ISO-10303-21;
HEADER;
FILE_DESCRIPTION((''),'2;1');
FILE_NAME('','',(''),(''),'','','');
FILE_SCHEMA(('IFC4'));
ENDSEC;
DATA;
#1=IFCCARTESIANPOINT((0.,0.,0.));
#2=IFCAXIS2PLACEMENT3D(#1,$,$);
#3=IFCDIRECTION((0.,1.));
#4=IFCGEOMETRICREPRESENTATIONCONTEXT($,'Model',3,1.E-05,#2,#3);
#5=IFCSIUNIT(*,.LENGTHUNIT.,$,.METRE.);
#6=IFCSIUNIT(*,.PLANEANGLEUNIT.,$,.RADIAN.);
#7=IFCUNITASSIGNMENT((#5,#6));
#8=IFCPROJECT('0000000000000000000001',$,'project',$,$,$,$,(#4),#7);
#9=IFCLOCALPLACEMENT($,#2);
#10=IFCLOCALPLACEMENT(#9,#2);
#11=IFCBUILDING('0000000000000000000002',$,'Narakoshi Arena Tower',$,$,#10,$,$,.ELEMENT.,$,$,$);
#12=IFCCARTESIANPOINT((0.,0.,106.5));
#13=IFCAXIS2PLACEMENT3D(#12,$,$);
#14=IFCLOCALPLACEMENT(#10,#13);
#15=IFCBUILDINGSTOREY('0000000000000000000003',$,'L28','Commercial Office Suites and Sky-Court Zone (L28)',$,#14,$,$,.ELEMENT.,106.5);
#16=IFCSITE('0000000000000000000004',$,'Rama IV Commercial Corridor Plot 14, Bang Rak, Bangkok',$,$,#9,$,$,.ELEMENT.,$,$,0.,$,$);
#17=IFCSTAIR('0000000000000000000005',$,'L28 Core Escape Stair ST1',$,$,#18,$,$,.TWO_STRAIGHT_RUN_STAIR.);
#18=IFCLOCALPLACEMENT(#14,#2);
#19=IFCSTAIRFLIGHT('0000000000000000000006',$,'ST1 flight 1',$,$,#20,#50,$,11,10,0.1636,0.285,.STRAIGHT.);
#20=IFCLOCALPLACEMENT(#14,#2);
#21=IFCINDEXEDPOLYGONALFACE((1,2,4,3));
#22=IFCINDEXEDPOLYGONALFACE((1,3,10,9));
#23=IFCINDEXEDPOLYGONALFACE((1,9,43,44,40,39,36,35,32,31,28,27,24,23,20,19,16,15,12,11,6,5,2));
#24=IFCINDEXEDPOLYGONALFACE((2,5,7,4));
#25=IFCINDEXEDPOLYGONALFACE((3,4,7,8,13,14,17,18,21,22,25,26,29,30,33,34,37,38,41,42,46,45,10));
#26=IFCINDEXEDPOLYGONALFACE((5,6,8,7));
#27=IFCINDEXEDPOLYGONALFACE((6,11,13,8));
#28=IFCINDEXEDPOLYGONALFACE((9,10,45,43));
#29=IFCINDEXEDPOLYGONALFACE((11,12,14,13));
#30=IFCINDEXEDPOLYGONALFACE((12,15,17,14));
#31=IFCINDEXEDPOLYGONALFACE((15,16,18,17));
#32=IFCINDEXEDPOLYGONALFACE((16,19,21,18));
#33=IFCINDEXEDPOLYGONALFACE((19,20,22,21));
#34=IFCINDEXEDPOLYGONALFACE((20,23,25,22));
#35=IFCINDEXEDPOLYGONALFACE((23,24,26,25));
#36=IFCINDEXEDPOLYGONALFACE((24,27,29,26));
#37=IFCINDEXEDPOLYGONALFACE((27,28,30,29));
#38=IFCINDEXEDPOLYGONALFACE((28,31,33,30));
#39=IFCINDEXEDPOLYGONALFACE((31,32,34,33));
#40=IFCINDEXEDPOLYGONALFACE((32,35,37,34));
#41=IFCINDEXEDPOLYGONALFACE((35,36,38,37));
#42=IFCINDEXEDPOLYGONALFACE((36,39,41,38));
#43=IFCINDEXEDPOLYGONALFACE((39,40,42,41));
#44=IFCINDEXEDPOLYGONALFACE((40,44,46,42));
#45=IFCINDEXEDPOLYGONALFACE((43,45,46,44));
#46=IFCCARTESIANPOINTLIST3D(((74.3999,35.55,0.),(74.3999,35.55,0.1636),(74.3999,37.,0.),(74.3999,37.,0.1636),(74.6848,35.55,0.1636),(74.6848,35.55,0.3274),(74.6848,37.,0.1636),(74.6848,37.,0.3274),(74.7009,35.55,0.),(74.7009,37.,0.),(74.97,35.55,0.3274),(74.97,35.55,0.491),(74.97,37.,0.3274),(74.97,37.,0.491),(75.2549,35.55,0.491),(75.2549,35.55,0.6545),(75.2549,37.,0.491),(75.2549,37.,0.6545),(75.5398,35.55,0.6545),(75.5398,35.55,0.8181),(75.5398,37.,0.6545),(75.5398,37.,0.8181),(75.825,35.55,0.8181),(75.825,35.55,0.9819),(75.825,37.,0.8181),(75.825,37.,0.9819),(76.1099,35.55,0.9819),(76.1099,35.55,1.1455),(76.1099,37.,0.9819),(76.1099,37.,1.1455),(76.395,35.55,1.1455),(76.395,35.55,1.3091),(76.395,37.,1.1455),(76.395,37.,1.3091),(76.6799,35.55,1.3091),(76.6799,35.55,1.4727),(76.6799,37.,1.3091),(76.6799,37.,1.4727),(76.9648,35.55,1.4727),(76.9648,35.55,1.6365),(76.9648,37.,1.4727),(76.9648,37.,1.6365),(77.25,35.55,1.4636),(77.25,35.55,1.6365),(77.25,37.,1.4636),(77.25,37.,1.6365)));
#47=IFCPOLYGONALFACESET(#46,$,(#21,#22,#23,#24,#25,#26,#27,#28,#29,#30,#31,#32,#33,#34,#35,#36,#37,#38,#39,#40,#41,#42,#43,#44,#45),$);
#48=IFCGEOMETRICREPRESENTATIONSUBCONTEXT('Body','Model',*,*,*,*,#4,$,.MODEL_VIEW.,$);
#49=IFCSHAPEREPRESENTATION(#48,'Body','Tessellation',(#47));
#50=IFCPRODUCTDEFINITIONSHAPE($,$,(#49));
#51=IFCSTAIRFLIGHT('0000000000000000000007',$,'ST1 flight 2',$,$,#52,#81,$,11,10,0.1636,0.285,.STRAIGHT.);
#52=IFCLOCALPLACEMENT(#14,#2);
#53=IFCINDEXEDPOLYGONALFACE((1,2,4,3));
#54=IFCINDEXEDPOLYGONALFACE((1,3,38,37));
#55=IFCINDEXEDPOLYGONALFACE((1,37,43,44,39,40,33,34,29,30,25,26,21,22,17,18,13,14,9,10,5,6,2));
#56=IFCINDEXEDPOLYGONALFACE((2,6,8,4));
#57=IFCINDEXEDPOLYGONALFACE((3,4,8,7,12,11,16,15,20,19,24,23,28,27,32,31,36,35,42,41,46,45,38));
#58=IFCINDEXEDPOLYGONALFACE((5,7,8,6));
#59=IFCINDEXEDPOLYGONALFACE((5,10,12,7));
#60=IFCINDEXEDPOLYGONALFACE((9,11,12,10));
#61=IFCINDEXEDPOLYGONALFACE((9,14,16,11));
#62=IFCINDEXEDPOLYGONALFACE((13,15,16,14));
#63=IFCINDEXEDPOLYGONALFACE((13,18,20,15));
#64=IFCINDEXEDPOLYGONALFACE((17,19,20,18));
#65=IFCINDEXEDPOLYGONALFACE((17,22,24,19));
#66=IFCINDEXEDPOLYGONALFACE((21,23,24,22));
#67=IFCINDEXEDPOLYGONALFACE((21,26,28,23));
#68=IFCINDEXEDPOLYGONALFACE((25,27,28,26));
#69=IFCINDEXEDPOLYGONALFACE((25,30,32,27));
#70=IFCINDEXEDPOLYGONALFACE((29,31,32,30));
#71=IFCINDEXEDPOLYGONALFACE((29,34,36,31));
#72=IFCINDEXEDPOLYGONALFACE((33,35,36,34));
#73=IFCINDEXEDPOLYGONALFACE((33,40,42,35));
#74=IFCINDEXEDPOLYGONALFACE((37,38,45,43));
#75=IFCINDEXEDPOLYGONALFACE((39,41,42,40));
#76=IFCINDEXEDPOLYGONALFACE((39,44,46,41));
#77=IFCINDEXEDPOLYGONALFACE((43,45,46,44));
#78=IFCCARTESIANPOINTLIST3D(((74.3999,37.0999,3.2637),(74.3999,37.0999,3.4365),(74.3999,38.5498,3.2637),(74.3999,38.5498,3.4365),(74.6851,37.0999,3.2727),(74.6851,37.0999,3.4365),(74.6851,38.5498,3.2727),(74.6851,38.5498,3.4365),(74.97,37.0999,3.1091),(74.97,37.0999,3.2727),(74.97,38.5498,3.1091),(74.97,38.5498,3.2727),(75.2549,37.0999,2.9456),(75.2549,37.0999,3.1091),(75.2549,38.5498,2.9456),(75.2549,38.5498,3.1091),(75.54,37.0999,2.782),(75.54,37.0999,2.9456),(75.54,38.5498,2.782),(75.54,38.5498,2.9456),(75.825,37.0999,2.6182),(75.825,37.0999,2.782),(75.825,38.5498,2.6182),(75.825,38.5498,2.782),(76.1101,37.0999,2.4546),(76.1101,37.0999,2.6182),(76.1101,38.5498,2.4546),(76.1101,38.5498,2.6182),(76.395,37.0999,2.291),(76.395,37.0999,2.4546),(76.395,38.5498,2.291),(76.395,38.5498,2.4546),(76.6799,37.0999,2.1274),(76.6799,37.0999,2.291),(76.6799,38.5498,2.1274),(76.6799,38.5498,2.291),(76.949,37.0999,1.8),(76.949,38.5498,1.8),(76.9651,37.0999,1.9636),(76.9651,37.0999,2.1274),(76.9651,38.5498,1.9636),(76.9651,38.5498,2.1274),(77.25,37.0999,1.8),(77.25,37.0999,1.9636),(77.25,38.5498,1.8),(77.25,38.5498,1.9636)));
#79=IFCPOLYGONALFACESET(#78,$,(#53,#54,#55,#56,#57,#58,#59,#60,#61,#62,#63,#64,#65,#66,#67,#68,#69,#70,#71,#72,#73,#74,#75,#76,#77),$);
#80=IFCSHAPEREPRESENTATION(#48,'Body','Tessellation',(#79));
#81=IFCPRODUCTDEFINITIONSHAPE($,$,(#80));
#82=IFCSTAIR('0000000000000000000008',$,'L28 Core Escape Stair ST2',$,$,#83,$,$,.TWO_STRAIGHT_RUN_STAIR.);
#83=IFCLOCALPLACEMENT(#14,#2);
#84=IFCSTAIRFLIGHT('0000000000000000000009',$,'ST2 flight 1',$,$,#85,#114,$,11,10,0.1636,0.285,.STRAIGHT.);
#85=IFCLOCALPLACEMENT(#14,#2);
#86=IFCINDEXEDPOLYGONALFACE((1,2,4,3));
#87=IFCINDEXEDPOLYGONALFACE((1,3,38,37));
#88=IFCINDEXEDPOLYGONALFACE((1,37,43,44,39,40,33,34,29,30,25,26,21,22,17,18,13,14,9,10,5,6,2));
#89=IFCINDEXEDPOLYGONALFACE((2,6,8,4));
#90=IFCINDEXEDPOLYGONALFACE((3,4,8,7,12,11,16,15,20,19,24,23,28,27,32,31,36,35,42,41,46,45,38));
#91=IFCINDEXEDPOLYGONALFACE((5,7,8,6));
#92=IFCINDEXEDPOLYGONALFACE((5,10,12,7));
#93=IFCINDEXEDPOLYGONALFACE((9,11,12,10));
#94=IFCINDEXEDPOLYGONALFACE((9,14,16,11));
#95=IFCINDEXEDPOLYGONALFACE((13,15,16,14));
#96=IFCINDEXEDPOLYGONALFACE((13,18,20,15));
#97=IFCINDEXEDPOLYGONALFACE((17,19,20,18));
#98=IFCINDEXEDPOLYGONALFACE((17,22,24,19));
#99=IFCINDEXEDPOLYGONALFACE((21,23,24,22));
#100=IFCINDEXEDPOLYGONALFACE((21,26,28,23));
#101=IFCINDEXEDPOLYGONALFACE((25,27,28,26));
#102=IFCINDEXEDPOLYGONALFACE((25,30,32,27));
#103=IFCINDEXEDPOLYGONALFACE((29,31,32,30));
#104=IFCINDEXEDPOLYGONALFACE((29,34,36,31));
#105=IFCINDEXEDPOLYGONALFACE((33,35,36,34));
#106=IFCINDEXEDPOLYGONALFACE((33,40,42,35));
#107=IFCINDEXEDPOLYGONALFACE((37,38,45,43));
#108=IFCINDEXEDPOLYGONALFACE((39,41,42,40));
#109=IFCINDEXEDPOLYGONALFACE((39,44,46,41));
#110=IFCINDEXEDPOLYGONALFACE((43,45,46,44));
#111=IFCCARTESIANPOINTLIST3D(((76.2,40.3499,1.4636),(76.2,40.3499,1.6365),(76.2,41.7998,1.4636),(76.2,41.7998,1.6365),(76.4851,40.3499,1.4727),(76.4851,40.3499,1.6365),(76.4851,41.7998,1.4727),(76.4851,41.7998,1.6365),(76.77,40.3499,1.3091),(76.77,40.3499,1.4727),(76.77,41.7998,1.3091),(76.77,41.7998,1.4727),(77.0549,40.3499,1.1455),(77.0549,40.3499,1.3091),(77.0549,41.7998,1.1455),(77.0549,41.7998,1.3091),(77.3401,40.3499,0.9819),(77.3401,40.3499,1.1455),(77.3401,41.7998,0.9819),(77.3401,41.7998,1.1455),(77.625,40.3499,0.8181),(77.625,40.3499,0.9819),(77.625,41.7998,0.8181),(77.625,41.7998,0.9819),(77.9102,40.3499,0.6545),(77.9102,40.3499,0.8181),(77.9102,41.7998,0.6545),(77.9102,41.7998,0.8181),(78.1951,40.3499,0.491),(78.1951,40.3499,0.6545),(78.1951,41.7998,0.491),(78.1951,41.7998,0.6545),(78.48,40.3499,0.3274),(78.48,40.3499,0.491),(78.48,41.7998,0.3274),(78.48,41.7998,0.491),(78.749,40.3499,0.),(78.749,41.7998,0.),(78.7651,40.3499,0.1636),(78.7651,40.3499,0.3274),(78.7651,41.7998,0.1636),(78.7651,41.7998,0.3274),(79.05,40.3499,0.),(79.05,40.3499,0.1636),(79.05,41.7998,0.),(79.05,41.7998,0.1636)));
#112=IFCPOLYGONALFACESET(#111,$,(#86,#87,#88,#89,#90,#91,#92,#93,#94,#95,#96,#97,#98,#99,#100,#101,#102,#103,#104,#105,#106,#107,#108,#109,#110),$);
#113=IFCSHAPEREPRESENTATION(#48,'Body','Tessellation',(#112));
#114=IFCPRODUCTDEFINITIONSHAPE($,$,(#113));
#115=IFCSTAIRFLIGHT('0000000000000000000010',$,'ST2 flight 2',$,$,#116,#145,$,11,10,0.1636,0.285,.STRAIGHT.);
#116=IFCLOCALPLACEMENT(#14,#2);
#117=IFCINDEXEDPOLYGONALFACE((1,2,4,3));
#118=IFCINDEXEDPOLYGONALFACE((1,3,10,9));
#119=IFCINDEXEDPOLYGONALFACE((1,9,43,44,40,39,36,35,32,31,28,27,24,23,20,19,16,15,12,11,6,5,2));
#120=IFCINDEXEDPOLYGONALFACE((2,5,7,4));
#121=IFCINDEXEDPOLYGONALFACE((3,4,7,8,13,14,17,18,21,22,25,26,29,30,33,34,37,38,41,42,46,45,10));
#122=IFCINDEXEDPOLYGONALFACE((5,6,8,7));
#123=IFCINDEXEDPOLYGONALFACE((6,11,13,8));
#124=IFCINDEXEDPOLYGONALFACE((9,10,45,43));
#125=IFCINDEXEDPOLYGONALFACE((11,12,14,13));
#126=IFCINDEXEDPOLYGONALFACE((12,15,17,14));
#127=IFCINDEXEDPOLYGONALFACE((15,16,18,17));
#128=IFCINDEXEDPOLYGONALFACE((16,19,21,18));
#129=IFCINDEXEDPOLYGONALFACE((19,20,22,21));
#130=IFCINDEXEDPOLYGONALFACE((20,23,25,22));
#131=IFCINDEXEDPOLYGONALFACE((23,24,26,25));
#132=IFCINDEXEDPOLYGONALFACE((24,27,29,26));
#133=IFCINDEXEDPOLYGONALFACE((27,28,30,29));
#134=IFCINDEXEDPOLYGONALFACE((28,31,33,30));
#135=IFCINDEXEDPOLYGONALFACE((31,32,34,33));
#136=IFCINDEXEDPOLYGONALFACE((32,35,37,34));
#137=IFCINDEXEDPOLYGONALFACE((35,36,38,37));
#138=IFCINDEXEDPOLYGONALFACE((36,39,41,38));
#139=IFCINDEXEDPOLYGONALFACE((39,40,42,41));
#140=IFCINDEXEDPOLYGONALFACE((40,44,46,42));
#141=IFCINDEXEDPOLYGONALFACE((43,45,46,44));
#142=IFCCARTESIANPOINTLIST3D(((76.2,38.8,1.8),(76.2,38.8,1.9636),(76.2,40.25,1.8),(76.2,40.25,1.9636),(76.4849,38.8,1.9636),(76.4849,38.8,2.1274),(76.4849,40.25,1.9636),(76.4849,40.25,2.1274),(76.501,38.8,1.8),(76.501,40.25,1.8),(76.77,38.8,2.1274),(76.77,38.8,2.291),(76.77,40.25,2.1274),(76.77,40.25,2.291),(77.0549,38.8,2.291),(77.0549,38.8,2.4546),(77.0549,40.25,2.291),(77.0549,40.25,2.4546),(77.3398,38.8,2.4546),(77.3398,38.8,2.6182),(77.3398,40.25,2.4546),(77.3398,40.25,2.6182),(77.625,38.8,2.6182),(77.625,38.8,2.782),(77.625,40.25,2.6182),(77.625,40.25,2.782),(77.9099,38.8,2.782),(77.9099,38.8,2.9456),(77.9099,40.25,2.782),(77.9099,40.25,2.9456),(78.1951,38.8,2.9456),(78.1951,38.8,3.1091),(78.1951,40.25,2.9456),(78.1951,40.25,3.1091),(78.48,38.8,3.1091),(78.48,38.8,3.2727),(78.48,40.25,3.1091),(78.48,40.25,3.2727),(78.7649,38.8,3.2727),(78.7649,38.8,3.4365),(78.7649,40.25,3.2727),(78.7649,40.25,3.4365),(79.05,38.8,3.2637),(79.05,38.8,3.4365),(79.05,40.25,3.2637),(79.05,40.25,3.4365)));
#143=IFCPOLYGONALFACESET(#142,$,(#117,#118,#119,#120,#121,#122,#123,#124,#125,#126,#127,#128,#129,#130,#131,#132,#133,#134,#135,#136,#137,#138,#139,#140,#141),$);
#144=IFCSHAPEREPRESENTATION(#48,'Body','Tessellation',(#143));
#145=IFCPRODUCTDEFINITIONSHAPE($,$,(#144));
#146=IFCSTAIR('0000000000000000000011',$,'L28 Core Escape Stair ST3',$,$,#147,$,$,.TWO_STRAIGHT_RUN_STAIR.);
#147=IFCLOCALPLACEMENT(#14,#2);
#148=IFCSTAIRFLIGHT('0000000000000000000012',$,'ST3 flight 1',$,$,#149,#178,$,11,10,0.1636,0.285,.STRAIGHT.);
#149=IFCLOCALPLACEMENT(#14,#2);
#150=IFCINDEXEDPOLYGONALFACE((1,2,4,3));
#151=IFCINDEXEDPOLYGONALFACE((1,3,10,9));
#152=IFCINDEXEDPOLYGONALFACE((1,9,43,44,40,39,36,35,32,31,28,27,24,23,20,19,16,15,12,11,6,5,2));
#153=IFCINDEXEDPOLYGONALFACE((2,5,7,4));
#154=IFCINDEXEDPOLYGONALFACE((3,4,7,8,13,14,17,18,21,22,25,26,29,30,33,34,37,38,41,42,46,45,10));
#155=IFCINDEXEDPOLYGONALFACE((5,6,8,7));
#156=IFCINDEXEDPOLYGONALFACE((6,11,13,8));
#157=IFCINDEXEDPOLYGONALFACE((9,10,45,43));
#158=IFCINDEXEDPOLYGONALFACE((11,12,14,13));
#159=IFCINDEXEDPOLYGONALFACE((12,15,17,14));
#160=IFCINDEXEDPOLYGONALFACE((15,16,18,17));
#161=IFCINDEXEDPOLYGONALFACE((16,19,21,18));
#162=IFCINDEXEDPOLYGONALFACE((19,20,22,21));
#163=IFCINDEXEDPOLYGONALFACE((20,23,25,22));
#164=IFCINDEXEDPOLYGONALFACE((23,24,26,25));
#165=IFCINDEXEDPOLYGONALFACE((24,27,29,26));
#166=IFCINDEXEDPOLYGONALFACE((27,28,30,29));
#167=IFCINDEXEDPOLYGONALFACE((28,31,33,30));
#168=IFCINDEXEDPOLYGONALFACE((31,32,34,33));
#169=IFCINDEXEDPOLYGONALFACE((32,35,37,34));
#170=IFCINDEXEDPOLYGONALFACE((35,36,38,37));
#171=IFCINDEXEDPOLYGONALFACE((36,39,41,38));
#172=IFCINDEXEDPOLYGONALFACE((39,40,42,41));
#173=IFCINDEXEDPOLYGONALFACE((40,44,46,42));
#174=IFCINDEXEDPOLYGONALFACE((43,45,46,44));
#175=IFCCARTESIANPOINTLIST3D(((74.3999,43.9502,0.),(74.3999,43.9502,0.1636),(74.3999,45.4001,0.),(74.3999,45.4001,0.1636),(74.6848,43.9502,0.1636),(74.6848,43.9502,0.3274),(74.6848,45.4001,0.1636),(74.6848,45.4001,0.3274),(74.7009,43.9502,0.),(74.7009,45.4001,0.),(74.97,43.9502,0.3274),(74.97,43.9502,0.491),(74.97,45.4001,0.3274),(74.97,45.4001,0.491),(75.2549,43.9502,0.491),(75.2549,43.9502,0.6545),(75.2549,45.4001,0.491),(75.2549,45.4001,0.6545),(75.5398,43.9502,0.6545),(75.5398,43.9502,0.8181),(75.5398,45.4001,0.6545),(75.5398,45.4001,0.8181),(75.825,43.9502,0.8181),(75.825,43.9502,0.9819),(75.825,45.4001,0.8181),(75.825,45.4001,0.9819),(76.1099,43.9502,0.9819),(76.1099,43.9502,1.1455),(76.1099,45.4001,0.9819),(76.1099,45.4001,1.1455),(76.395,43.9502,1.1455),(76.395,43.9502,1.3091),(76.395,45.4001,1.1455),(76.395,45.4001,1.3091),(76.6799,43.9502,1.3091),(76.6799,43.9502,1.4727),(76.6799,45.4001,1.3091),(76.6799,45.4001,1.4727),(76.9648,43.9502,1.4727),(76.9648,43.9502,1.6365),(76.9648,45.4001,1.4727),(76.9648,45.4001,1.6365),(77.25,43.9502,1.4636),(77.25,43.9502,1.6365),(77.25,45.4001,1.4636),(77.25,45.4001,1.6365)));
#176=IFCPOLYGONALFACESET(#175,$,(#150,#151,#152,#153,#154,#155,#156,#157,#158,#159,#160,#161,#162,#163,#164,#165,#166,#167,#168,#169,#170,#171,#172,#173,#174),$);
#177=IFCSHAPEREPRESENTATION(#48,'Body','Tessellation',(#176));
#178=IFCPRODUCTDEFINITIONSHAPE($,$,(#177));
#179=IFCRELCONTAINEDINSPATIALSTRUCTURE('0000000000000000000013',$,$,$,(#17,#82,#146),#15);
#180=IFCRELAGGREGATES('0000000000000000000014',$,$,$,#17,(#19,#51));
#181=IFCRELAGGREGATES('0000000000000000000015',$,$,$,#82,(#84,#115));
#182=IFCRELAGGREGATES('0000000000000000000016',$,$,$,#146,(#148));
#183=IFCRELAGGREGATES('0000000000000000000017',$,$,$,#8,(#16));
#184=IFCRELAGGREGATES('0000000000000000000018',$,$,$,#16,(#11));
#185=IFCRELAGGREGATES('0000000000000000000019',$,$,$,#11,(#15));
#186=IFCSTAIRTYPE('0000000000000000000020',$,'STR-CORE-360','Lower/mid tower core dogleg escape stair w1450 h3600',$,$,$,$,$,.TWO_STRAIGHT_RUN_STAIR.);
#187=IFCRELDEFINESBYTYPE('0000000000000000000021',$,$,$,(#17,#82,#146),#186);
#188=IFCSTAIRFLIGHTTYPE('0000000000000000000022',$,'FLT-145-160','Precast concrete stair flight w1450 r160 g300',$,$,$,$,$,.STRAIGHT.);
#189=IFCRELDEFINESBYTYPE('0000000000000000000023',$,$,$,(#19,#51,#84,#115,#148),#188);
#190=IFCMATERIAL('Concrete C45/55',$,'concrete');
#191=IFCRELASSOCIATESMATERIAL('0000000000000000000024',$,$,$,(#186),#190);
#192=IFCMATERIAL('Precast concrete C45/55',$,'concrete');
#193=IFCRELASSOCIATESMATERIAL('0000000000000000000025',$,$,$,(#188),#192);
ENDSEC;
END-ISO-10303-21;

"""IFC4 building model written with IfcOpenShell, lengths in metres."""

from ifc_helpers import new_model, si_unit, direction, frame, origin, place, context, subcontext, project, spatial, polyline, outline, extrude, material, type_object, element, aggregate, save


model = new_model("IFC4")

# Units and contexts
model_context = context("Model", 3, precision=1e-05, world=origin(), true_north=direction((0.0, 1.0)))
body_context = subcontext(model_context, "Body", "Model", "MODEL_VIEW")
ifc_project = project(units=[si_unit("LENGTHUNIT", "METRE"), si_unit("PLANEANGLEUNIT", "RADIAN")], contexts=[model_context])

# Site, building, storey
site_placement = place(None, origin())
site = spatial("IfcSite", under=ifc_project, at=site_placement, Name="Rama IV Commercial Corridor Plot 14, Bang Rak, Bangkok", CompositionType="ELEMENT", RefElevation=0.0)
building_placement = place(site_placement, origin())
building = spatial("IfcBuilding", under=site, at=building_placement, Name="Narakoshi Arena Tower", CompositionType="ELEMENT")
storey_placement = place(building_placement, frame((0.0, 0.0, 106.5)))
storey = spatial("IfcBuildingStorey", under=building, at=storey_placement, Name="L28", Description="Commercial Office Suites and Sky-Court Zone (L28)", CompositionType="ELEMENT", Elevation=106.5)

# Stairs, stair flights
ifc_material_1 = material(Name="Concrete C45/55", Category="concrete")
stair_type = type_object("IfcStairType", Name="STR-CORE-360", Description="Lower/mid tower core dogleg escape stair w1450 h3600", PredefinedType="TWO_STRAIGHT_RUN_STAIR", material=ifc_material_1)
stair_1_placement = place(storey_placement, origin())
stair_1 = element("IfcStair", 1, at=stair_1_placement, inside=storey, type_object=stair_type, Name="L28 Core Escape Stair ST1", PredefinedType="TWO_STRAIGHT_RUN_STAIR")
ifc_material_2 = material(Name="Precast concrete C45/55", Category="concrete")
stair_flight_type = type_object("IfcStairFlightType", Name="FLT-145-160", Description="Precast concrete stair flight w1450 r160 g300", PredefinedType="STRAIGHT", material=ifc_material_2)
stair_flight_1_placement = place(storey_placement, frame((74.3999, 36.2749, 0.0), z_axis=(0.0, 0.0, 1.0), x_axis=(1.0, 0.0, 0.0)))
stair_flight_1 = element("IfcStairFlight", 2, at=stair_flight_1_placement, type_object=stair_flight_type, Name="ST1 flight 1", NumberOfRisers=11, NumberOfTreads=10, PredefinedType="STRAIGHT", RiserHeight=0.1636, TreadLength=0.285, context=body_context, shape_type="SweptSolid", body=[
    extrude(outline(polyline([(0.0, 0.0), (0.0, 0.1636), (0.2849, 0.1636), (0.2849, 0.3274), (0.5701, 0.3274), (0.5701, 0.491), (0.855, 0.491), (0.855, 0.6545), (1.1399, 0.6545), (1.1399, 0.8181), (1.425, 0.8181), (1.425, 0.9819), (1.71, 0.9819), (1.71, 1.1455), (1.9951, 1.1455), (1.9951, 1.3091), (2.28, 1.3091), (2.28, 1.4727), (2.5649, 1.4727), (2.5649, 1.6365), (2.8501, 1.6365), (2.8501, 1.8), (2.8501, 1.4636), (0.301, 0.0), (0.0, 0.0)])), frame((0.0, 0.7251, 0.0), z_axis=(0.0, -1.0, 0.0), x_axis=(1.0, 0.0, 0.0)), (0.0, 0.0, 1.0), 1.45),
])
stair_flight_2_placement = place(storey_placement, frame((77.25, 37.825, 1.8), z_axis=(0.0, 0.0, 1.0), x_axis=(-1.0, 0.0, 0.0)))
stair_flight_2 = element("IfcStairFlight", 3, at=stair_flight_2_placement, type_object=stair_flight_type, Name="ST1 flight 2", NumberOfRisers=11, NumberOfTreads=10, PredefinedType="STRAIGHT", RiserHeight=0.1636, TreadLength=0.285, context=body_context, shape_type="SweptSolid", body=[
    extrude(outline(polyline([(0.0, 0.0), (0.0, 0.1636), (0.2849, 0.1636), (0.2849, 0.3274), (0.5701, 0.3274), (0.5701, 0.491), (0.855, 0.491), (0.855, 0.6545), (1.1399, 0.6545), (1.1399, 0.8181), (1.425, 0.8181), (1.425, 0.9819), (1.71, 0.9819), (1.71, 1.1455), (1.9951, 1.1455), (1.9951, 1.3091), (2.28, 1.3091), (2.28, 1.4727), (2.5649, 1.4727), (2.5649, 1.6365), (2.8501, 1.6365), (2.8501, 1.8), (2.8501, 1.4636), (0.301, 0.0), (0.0, 0.0)])), frame((0.0, 0.7251, 0.0), z_axis=(0.0, -1.0, 0.0), x_axis=(1.0, 0.0, 0.0)), (0.0, 0.0, 1.0), 1.45),
])
aggregate(stair_1, [stair_flight_1, stair_flight_2])
stair_2_placement = place(storey_placement, origin())
stair_2 = element("IfcStair", 4, at=stair_2_placement, inside=storey, type_object=stair_type, Name="L28 Core Escape Stair ST2", PredefinedType="TWO_STRAIGHT_RUN_STAIR")
stair_flight_3_placement = place(storey_placement, frame((79.05, 41.075, 0.0), z_axis=(0.0, 0.0, 1.0), x_axis=(-1.0, 0.0, 0.0)))
stair_flight_3 = element("IfcStairFlight", 5, at=stair_flight_3_placement, type_object=stair_flight_type, Name="ST2 flight 1", NumberOfRisers=11, NumberOfTreads=10, PredefinedType="STRAIGHT", RiserHeight=0.1636, TreadLength=0.285, context=body_context, shape_type="SweptSolid", body=[
    extrude(outline(polyline([(0.0, 0.0), (0.0, 0.1636), (0.2849, 0.1636), (0.2849, 0.3274), (0.5701, 0.3274), (0.5701, 0.491), (0.855, 0.491), (0.855, 0.6545), (1.1399, 0.6545), (1.1399, 0.8181), (1.425, 0.8181), (1.425, 0.9819), (1.71, 0.9819), (1.71, 1.1455), (1.9951, 1.1455), (1.9951, 1.3091), (2.28, 1.3091), (2.28, 1.4727), (2.5649, 1.4727), (2.5649, 1.6365), (2.8501, 1.6365), (2.8501, 1.8), (2.8501, 1.4636), (0.301, 0.0), (0.0, 0.0)])), frame((0.0, 0.7251, 0.0), z_axis=(0.0, -1.0, 0.0), x_axis=(1.0, 0.0, 0.0)), (0.0, 0.0, 1.0), 1.45),
])
stair_flight_4_placement = place(storey_placement, frame((76.2, 39.5249, 1.8), z_axis=(0.0, 0.0, 1.0), x_axis=(1.0, 0.0, 0.0)))
stair_flight_4 = element("IfcStairFlight", 6, at=stair_flight_4_placement, type_object=stair_flight_type, Name="ST2 flight 2", NumberOfRisers=11, NumberOfTreads=10, PredefinedType="STRAIGHT", RiserHeight=0.1636, TreadLength=0.285, context=body_context, shape_type="SweptSolid", body=[
    extrude(outline(polyline([(0.0, 0.0), (0.0, 0.1636), (0.2849, 0.1636), (0.2849, 0.3274), (0.5701, 0.3274), (0.5701, 0.491), (0.855, 0.491), (0.855, 0.6545), (1.1399, 0.6545), (1.1399, 0.8181), (1.425, 0.8181), (1.425, 0.9819), (1.71, 0.9819), (1.71, 1.1455), (1.9951, 1.1455), (1.9951, 1.3091), (2.28, 1.3091), (2.28, 1.4727), (2.5649, 1.4727), (2.5649, 1.6365), (2.8501, 1.6365), (2.8501, 1.8), (2.8501, 1.4636), (0.301, 0.0), (0.0, 0.0)])), frame((0.0, 0.7251, 0.0), z_axis=(0.0, -1.0, 0.0), x_axis=(1.0, 0.0, 0.0)), (0.0, 0.0, 1.0), 1.45),
])
aggregate(stair_2, [stair_flight_3, stair_flight_4])

# Stair, stair flight
stair_3_placement = place(storey_placement, origin())
stair_3 = element("IfcStair", 7, at=stair_3_placement, inside=storey, type_object=stair_type, Name="L28 Core Escape Stair ST3", PredefinedType="TWO_STRAIGHT_RUN_STAIR")
stair_flight_5_placement = place(storey_placement, frame((74.3999, 44.675, 0.0), z_axis=(0.0, 0.0, 1.0), x_axis=(1.0, 0.0, 0.0)))
stair_flight_5 = element("IfcStairFlight", 8, at=stair_flight_5_placement, type_object=stair_flight_type, Name="ST3 flight 1", NumberOfRisers=11, NumberOfTreads=10, PredefinedType="STRAIGHT", RiserHeight=0.1636, TreadLength=0.285, context=body_context, shape_type="SweptSolid", body=[
    extrude(outline(polyline([(0.0, 0.0), (0.0, 0.1636), (0.2849, 0.1636), (0.2849, 0.3274), (0.5701, 0.3274), (0.5701, 0.491), (0.855, 0.491), (0.855, 0.6545), (1.1399, 0.6545), (1.1399, 0.8181), (1.425, 0.8181), (1.425, 0.9819), (1.71, 0.9819), (1.71, 1.1455), (1.9951, 1.1455), (1.9951, 1.3091), (2.28, 1.3091), (2.28, 1.4727), (2.5649, 1.4727), (2.5649, 1.6365), (2.8501, 1.6365), (2.8501, 1.8), (2.8501, 1.4636), (0.301, 0.0), (0.0, 0.0)])), frame((0.0, 0.7251, 0.0), z_axis=(0.0, -1.0, 0.0), x_axis=(1.0, 0.0, 0.0)), (0.0, 0.0, 1.0), 1.45),
])
aggregate(stair_3, [stair_flight_5])

save(model, "model.ifc")
